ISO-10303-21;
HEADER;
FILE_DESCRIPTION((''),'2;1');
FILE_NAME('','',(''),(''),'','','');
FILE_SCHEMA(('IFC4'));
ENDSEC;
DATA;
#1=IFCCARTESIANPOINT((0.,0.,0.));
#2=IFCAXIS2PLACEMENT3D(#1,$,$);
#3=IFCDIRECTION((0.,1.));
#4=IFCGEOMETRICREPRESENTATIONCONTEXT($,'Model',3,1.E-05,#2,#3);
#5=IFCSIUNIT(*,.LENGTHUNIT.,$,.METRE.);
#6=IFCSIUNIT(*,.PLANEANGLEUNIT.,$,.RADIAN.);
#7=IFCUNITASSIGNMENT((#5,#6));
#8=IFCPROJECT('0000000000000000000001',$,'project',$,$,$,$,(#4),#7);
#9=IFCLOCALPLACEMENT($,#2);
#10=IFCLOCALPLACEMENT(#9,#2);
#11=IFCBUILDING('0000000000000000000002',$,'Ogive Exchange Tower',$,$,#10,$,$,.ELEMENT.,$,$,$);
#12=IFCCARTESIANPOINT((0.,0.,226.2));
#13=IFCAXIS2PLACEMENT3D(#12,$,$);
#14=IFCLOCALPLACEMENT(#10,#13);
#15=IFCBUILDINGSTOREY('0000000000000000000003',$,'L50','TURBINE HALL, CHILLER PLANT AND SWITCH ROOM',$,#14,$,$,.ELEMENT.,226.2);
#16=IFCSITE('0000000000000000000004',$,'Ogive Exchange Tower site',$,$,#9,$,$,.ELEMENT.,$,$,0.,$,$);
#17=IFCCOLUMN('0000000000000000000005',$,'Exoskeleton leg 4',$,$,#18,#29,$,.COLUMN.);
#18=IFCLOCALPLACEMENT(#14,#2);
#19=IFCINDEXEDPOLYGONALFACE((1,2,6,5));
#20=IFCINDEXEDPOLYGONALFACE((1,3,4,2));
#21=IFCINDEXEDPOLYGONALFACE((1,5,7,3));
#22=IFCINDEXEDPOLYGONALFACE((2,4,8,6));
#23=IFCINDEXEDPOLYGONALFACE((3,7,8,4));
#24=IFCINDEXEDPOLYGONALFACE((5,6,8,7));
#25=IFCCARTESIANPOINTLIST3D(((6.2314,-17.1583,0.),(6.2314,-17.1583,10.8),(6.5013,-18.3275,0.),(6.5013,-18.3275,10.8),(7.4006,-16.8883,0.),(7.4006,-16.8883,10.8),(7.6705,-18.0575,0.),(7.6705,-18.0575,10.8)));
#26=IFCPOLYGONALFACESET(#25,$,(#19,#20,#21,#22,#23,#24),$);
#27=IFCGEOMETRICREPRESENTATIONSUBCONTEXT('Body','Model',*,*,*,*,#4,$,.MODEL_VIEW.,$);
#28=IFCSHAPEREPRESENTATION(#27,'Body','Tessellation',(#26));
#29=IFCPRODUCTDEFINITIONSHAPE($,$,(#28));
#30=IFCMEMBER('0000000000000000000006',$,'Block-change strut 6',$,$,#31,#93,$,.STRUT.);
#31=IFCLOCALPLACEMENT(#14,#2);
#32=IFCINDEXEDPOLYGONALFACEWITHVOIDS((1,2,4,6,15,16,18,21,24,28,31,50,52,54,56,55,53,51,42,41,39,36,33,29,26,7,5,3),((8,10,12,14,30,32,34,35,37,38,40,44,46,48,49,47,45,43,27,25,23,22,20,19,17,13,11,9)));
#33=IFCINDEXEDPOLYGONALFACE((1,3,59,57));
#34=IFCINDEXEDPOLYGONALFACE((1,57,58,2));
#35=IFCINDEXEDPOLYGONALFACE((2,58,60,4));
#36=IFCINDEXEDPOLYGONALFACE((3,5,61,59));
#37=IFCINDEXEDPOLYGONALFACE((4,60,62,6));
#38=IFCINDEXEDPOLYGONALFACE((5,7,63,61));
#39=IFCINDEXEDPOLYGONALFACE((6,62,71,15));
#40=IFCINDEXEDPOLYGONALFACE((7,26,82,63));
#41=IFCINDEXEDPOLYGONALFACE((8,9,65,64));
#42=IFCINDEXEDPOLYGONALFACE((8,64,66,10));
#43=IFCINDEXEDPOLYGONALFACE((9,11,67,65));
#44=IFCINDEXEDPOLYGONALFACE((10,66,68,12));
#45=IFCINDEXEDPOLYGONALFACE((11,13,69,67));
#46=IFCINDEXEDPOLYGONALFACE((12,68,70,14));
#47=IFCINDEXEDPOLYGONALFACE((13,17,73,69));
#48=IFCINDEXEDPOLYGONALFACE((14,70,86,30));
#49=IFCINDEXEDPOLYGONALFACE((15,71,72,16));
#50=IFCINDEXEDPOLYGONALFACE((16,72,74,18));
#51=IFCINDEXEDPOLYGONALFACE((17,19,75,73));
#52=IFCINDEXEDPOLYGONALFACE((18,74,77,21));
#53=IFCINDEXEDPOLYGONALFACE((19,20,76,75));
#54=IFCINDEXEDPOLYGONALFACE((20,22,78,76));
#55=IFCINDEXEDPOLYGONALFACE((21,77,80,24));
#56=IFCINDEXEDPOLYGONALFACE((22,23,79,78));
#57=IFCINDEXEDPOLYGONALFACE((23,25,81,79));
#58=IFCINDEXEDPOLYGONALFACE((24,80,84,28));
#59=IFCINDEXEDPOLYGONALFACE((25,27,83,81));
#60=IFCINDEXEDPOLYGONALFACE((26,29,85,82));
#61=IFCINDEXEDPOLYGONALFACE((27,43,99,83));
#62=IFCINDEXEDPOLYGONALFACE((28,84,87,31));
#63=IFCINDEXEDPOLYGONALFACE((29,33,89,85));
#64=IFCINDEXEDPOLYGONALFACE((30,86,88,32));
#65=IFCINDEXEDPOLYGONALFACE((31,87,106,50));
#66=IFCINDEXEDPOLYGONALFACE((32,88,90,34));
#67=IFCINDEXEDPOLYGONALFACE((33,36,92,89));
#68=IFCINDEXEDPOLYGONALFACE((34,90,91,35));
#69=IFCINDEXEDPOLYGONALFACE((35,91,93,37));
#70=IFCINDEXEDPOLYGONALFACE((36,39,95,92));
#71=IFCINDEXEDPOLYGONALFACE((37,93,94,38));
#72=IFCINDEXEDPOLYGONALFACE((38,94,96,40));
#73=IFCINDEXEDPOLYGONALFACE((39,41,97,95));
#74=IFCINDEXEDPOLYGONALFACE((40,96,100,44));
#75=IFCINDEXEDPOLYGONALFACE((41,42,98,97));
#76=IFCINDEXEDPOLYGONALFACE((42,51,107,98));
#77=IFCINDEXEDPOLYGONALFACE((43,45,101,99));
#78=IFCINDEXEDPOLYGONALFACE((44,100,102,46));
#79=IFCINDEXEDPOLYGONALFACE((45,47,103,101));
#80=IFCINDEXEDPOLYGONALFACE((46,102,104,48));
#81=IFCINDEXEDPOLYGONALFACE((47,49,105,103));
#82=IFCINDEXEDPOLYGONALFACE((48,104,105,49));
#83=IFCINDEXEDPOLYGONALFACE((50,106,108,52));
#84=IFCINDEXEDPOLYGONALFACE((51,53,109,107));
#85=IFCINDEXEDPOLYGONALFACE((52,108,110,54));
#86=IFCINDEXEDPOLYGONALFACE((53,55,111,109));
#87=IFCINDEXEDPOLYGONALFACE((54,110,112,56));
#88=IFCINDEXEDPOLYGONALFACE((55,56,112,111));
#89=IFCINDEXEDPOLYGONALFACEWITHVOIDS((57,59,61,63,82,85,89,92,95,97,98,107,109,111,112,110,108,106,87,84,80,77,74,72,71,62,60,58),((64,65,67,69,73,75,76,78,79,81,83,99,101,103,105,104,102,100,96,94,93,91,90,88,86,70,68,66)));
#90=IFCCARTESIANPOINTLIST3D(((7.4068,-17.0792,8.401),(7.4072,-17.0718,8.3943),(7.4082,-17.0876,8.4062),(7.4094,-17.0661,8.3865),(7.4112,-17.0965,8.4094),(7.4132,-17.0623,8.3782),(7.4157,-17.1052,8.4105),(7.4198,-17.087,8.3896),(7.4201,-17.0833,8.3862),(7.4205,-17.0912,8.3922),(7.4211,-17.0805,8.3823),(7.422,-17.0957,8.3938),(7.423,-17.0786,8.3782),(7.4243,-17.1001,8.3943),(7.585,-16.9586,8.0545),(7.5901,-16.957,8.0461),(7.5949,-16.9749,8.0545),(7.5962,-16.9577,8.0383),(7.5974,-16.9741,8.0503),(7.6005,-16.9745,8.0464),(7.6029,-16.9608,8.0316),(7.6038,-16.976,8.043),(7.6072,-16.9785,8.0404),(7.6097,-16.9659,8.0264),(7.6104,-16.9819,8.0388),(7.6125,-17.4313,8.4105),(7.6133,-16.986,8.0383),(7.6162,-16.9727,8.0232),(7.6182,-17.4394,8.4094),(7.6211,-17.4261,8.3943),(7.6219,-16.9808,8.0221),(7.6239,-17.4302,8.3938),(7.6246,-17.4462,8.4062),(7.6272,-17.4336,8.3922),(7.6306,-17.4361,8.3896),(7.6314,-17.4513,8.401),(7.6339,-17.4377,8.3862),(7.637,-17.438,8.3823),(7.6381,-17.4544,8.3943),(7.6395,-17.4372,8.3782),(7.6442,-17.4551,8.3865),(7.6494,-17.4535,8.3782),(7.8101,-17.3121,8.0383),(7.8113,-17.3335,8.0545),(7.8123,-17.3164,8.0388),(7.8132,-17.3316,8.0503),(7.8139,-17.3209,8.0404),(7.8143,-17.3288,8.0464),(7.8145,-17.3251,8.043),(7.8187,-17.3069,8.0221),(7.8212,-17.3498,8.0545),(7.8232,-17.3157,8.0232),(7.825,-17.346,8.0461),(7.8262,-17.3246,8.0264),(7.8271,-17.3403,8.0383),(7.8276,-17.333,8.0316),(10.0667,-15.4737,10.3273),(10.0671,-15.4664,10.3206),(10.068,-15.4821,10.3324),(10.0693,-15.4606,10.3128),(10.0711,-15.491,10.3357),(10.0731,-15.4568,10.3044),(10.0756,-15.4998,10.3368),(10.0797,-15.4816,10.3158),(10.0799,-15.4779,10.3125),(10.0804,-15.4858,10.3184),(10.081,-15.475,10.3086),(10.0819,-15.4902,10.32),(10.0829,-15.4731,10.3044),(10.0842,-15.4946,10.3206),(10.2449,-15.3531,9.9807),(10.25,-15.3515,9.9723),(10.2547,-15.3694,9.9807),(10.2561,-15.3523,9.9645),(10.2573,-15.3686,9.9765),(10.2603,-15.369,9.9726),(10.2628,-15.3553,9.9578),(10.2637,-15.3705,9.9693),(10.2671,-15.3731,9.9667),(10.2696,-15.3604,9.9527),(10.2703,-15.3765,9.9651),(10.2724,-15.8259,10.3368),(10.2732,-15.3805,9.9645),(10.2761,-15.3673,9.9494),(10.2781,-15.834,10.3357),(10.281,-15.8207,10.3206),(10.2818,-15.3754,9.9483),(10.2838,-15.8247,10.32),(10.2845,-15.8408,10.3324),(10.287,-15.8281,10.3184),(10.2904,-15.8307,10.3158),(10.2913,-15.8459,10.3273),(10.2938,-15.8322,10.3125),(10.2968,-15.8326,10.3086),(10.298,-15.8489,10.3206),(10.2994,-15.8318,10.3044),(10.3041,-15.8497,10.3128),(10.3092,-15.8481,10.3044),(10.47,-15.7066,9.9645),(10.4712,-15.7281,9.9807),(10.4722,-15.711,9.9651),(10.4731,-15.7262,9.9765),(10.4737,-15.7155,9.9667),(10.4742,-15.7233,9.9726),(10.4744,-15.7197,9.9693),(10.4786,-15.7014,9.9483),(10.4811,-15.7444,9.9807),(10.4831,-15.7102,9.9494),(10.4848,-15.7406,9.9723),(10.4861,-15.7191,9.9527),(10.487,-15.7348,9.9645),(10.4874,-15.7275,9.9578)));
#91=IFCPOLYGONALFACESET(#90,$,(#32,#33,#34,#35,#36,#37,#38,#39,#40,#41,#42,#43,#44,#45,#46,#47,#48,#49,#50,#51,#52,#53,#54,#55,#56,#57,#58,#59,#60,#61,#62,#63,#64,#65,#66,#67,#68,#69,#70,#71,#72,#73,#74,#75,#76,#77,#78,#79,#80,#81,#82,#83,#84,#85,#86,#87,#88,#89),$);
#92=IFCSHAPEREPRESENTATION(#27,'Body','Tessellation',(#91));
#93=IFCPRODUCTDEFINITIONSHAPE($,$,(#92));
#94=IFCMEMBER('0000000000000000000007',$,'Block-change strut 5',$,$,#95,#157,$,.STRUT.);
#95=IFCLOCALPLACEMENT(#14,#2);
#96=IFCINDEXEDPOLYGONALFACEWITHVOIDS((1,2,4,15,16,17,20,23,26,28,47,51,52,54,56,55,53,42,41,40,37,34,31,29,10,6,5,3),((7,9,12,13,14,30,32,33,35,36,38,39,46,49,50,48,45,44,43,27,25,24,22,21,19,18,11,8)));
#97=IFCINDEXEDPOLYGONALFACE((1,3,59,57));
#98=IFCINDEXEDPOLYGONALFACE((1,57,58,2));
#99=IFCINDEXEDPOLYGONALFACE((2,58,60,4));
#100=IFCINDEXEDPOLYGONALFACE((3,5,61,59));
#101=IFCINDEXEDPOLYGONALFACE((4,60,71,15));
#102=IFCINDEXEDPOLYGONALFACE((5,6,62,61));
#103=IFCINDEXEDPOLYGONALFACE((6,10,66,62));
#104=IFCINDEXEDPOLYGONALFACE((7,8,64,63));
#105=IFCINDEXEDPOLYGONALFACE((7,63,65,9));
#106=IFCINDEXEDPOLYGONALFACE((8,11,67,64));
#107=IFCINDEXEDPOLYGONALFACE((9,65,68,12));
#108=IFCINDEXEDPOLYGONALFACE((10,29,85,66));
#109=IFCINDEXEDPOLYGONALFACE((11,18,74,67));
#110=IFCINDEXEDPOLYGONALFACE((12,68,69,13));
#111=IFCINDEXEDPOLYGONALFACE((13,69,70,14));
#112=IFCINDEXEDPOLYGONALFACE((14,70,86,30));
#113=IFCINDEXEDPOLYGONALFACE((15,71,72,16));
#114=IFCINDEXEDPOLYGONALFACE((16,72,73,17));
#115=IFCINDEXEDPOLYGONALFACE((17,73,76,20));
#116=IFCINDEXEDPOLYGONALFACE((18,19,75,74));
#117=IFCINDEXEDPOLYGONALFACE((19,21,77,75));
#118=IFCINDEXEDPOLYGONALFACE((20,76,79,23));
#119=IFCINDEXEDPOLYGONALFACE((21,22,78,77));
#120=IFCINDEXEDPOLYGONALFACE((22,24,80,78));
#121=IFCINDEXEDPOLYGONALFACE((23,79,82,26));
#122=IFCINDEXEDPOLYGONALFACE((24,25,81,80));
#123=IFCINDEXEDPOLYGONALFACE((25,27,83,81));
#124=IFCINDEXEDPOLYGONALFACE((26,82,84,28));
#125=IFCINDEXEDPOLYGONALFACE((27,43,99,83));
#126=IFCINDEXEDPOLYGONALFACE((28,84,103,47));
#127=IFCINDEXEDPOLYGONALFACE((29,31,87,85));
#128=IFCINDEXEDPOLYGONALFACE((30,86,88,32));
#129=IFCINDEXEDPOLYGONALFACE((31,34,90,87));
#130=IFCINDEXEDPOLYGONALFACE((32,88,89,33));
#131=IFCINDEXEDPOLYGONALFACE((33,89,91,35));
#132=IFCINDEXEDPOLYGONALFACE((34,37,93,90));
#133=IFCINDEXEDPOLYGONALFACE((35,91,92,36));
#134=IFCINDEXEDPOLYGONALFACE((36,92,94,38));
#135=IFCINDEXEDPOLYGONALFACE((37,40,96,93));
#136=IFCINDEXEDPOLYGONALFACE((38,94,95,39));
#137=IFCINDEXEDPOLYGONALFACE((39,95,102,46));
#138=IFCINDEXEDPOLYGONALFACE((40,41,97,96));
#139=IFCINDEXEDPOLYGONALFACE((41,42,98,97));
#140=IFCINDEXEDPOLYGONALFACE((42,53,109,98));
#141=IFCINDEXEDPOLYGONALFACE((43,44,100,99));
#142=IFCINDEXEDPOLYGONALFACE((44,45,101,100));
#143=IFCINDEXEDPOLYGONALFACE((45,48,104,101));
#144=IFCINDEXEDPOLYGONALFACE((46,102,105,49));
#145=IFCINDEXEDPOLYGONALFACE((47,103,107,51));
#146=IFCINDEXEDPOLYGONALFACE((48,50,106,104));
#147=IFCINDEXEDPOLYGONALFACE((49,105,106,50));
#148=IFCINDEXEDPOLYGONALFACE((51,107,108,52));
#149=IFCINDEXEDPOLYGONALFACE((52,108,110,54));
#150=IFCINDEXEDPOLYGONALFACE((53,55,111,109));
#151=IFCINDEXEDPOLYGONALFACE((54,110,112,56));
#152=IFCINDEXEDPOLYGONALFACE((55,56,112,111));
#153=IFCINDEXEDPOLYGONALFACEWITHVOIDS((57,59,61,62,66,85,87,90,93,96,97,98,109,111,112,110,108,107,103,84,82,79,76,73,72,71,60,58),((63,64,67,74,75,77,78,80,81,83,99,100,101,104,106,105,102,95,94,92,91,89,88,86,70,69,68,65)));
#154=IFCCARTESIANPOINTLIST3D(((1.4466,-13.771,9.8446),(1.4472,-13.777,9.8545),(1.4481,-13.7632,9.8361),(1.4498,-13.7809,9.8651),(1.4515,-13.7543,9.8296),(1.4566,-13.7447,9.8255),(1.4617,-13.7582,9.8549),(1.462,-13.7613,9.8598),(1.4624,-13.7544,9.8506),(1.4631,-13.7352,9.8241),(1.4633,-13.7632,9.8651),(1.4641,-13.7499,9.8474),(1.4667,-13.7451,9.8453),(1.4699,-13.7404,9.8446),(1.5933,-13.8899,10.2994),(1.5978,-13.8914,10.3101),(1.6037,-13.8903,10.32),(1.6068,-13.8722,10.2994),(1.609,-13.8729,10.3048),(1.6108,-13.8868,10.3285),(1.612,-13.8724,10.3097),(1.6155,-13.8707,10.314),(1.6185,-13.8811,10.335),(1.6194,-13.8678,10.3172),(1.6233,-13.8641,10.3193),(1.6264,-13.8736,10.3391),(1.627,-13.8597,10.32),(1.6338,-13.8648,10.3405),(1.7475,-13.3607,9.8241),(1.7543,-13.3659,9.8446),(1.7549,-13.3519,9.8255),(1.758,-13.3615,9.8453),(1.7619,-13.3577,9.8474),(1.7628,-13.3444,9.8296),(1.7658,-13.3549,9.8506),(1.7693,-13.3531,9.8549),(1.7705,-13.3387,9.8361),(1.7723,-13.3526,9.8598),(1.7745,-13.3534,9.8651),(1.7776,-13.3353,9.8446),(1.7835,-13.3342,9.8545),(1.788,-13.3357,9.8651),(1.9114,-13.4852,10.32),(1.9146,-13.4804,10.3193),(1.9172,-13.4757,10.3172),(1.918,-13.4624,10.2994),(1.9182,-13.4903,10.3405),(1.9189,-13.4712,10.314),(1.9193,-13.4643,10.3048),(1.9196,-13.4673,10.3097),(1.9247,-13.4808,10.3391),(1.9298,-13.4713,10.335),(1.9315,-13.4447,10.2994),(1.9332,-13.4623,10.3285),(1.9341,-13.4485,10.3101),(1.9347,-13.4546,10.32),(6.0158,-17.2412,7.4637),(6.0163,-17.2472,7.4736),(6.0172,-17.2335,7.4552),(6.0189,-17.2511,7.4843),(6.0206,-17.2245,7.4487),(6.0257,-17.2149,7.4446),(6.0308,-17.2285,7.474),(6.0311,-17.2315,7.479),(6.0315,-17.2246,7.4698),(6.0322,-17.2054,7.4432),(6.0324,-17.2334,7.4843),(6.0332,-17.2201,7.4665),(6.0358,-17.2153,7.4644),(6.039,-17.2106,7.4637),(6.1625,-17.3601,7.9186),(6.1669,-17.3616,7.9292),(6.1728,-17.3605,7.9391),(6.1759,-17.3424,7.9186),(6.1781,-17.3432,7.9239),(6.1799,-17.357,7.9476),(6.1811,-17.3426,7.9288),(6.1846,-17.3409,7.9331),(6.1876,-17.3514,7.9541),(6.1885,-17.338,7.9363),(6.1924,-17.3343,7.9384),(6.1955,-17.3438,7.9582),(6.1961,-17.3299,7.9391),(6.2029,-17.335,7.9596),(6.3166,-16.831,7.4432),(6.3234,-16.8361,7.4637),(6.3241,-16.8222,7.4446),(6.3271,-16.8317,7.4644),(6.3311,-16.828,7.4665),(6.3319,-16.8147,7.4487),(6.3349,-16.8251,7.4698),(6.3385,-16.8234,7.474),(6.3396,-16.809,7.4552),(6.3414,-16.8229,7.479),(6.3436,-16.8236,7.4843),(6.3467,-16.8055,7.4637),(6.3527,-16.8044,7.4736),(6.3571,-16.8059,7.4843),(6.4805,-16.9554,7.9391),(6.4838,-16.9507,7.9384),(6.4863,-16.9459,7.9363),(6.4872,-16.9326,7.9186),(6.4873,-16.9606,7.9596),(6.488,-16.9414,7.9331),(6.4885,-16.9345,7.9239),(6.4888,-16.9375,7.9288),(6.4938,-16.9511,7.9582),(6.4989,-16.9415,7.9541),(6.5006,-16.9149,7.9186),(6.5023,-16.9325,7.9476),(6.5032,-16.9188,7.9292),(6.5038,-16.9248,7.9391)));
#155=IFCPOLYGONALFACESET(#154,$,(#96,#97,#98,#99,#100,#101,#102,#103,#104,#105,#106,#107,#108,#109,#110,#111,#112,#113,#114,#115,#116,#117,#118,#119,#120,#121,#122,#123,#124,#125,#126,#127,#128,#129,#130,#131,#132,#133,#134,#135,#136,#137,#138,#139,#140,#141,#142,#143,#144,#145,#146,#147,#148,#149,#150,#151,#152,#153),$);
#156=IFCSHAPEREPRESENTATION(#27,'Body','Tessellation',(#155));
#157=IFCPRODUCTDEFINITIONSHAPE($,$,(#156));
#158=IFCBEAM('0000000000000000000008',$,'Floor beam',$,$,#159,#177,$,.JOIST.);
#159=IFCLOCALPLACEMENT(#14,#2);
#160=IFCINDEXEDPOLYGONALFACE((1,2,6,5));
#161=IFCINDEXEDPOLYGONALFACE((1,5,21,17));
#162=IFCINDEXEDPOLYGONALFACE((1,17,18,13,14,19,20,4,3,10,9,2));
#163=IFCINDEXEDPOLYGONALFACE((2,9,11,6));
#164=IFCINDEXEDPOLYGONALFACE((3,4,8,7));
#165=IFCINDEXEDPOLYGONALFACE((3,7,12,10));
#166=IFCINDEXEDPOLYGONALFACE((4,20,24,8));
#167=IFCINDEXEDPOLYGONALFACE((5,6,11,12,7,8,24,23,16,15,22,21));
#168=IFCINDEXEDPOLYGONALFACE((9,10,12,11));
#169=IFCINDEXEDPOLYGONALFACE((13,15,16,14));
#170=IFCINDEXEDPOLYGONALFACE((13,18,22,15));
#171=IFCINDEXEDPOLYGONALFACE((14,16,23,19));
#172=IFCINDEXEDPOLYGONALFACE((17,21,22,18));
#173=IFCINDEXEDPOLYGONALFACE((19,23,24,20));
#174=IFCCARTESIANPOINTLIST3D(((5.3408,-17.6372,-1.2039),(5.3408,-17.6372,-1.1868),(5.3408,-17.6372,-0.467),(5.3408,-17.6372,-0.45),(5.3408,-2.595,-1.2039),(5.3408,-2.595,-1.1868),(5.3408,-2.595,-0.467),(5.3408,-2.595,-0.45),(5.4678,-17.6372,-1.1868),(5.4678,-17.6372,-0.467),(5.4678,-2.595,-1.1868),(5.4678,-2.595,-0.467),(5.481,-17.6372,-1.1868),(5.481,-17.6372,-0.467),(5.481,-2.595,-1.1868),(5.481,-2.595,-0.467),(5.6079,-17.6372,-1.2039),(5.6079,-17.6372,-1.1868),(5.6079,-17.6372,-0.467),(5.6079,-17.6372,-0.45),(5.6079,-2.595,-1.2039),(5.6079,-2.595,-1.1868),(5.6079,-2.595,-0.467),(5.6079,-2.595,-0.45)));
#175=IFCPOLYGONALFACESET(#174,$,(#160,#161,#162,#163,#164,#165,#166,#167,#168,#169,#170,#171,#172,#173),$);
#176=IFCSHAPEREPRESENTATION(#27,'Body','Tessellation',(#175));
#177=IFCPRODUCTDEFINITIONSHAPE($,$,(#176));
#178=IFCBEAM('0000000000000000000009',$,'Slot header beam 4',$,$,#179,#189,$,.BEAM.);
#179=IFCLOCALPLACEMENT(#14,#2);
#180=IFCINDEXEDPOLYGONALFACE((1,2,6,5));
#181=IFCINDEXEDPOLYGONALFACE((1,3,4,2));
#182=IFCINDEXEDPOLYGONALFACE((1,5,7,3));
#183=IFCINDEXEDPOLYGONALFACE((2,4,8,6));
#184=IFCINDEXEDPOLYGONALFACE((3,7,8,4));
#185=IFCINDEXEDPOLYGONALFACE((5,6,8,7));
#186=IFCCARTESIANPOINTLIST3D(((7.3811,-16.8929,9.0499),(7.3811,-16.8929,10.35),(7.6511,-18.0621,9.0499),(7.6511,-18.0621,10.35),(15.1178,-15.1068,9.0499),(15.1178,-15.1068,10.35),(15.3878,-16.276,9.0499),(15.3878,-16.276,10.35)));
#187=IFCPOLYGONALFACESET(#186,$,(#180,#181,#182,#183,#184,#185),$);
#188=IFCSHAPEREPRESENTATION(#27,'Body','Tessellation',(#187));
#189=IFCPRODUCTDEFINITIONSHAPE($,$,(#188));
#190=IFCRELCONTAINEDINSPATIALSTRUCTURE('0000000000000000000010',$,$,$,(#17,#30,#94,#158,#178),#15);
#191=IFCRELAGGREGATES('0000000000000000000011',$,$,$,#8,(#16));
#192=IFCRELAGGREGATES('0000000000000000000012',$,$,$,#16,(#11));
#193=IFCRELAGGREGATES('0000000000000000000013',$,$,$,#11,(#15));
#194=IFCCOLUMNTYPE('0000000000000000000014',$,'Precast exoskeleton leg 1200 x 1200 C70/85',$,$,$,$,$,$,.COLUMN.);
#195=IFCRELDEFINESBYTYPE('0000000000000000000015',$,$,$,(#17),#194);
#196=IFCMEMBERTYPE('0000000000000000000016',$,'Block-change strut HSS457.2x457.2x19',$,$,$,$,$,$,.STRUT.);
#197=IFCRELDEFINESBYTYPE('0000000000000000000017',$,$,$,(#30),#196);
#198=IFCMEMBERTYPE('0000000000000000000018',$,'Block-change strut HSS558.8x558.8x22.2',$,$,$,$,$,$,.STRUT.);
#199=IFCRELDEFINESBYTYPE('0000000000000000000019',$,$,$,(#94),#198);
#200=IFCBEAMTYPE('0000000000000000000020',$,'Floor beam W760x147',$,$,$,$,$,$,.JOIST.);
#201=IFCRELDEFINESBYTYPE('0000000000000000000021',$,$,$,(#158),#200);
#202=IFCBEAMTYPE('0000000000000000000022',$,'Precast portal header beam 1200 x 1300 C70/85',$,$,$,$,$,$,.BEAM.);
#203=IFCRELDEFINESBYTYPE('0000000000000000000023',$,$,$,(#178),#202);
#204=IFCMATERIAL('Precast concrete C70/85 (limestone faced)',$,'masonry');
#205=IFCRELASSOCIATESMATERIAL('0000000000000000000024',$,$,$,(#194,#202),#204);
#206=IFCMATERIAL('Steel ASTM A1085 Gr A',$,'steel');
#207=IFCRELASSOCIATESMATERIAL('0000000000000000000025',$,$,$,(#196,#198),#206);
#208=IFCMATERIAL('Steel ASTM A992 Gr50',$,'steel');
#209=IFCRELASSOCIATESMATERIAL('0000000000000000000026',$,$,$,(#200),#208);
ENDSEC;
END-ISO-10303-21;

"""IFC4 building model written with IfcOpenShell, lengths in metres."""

from ifc_helpers import new_model, si_unit, direction, frame, origin, origin_2d, place, context, subcontext, project, spatial, rectangle, hollow_rectangle, i_section, extrude, material, material_profile, profile_set, type_object, element, save


model = new_model("IFC4")

# Units and contexts
model_context = context("Model", 3, precision=1e-05, world=origin(), true_north=direction((0.0, 1.0)))
body_context = subcontext(model_context, "Body", "Model", "MODEL_VIEW")
ifc_project = project(units=[si_unit("LENGTHUNIT", "METRE"), si_unit("PLANEANGLEUNIT", "RADIAN")], contexts=[model_context])

# Site, building, storey
site_placement = place(None, origin())
site = spatial("IfcSite", under=ifc_project, at=site_placement, Name="Ogive Exchange Tower site", CompositionType="ELEMENT", RefElevation=0.0)
building_placement = place(site_placement, origin())
building = spatial("IfcBuilding", under=site, at=building_placement, Name="Ogive Exchange Tower", CompositionType="ELEMENT")
storey_placement = place(building_placement, frame((0.0, 0.0, 226.2)))
storey = spatial("IfcBuildingStorey", under=building, at=storey_placement, Name="L50", Description="TURBINE HALL, CHILLER PLANT AND SWITCH ROOM", CompositionType="ELEMENT", Elevation=226.2)

# Column
ifc_material_1 = material(Name="Precast concrete C70/85 (limestone faced)", Category="masonry")
ifc_material_profile_1 = material_profile(ifc_material_1, rectangle(XDim=1.2, YDim=1.2, at=origin_2d()), Name="1200 x 1200")
ifc_profile_set_1 = profile_set([ifc_material_profile_1], Name="Precast concrete C70/85 (limestone faced)")
column_type = type_object("IfcColumnType", Name="Precast exoskeleton leg 1200 x 1200 C70/85", PredefinedType="COLUMN", material=ifc_profile_set_1)
column_placement = place(storey_placement, frame((6.9509, -17.6079, 0.0), z_axis=(0.0, 0.0, 1.0), x_axis=(0.97437, 0.224951, 0.0)))
element("IfcColumn", 1, at=column_placement, inside=storey, type_object=column_type, Name="Exoskeleton leg 4", PredefinedType="COLUMN", context=body_context, shape_type="SweptSolid", body=[
    extrude(rectangle(XDim=1.2, YDim=1.2, at=origin_2d()), origin(), (0.0, 0.0, 1.0), 10.8),
])

# Members
ifc_material_2 = material(Name="Steel ASTM A1085 Gr A", Category="steel")
ifc_material_profile_2 = material_profile(ifc_material_2, hollow_rectangle(XDim=0.457, YDim=0.457, WallThickness=0.019, InnerFilletRadius=0.019, OuterFilletRadius=0.0381, at=origin_2d()), Name="HSS457.2x457.2x19")
ifc_profile_set_2 = profile_set([ifc_material_profile_2], Name="Steel ASTM A1085 Gr A")
member_type_1 = type_object("IfcMemberType", Name="Block-change strut HSS457.2x457.2x19", PredefinedType="STRUT", material=ifc_profile_set_2)
member_1_placement = place(storey_placement, frame((7.6172, -17.2061, 8.2163), z_axis=(0.727633, 0.439184, 0.526941), x_axis=(-0.516747, 0.856138, 0.0)))
element("IfcMember", 2, at=member_1_placement, inside=storey, type_object=member_type_1, Name="Block-change strut 6", PredefinedType="STRUT", context=body_context, shape_type="SweptSolid", body=[
    extrude(hollow_rectangle(XDim=0.457, YDim=0.457, WallThickness=0.019, InnerFilletRadius=0.019, OuterFilletRadius=0.0381, at=origin_2d()), origin(), (0.0, 0.0, 1.0), 3.6555),
])
ifc_material_profile_3 = material_profile(ifc_material_2, hollow_rectangle(XDim=0.5591, YDim=0.5591, WallThickness=0.0222, InnerFilletRadius=0.0222, OuterFilletRadius=0.0444, at=origin_2d()), Name="HSS558.8x558.8x22.2")
ifc_profile_set_3 = profile_set([ifc_material_profile_3], Name="Steel ASTM A1085 Gr A")
member_type_2 = type_object("IfcMemberType", Name="Block-change strut HSS558.8x558.8x22.2", PredefinedType="STRUT", material=ifc_profile_set_3)
member_2_placement = place(storey_placement, frame((6.2598, -17.083, 7.7014), z_axis=(-0.735541, 0.558641, 0.383275), x_axis=(-0.60483, -0.796355, 0.0)))
element("IfcMember", 3, at=member_2_placement, inside=storey, type_object=member_type_2, Name="Block-change strut 5", PredefinedType="STRUT", context=body_context, shape_type="SweptSolid", body=[
    extrude(hollow_rectangle(XDim=0.5591, YDim=0.5591, WallThickness=0.0222, InnerFilletRadius=0.0222, OuterFilletRadius=0.0444, at=origin_2d()), origin(), (0.0, 0.0, 1.0), 6.2119),
])

# Beams
ifc_material_3 = material(Name="Steel ASTM A992 Gr50", Category="steel")
ifc_material_profile_4 = material_profile(ifc_material_3, i_section(OverallWidth=0.2671, OverallDepth=0.7539, WebThickness=0.0132, FlangeThickness=0.0171, at=origin_2d()), Name="W760x147")
ifc_profile_set_4 = profile_set([ifc_material_profile_4], Name="Steel ASTM A992 Gr50")
beam_type_1 = type_object("IfcBeamType", Name="Floor beam W760x147", PredefinedType="JOIST", material=ifc_profile_set_4)
beam_1_placement = place(storey_placement, frame((5.4744, -17.6372, -0.8269), z_axis=(0.0, 1.0, 0.0), x_axis=(-1.0, 0.0, 0.0)))
element("IfcBeam", 4, at=beam_1_placement, inside=storey, type_object=beam_type_1, Name="Floor beam", PredefinedType="JOIST", context=body_context, shape_type="SweptSolid", body=[
    extrude(i_section(OverallWidth=0.2671, OverallDepth=0.7539, WebThickness=0.0132, FlangeThickness=0.0171, at=origin_2d()), origin(), (0.0, 0.0, 1.0), 15.0422),
])
ifc_material_profile_5 = material_profile(ifc_material_1, rectangle(XDim=1.2, YDim=1.3, at=origin_2d()), Name="1200 x 1300")
ifc_profile_set_5 = profile_set([ifc_material_profile_5], Name="Precast concrete C70/85 (limestone faced)")
beam_type_2 = type_object("IfcBeamType", Name="Precast portal header beam 1200 x 1300 C70/85", PredefinedType="BEAM", material=ifc_profile_set_5)
beam_2_placement = place(storey_placement, frame((7.5161, -17.4775, 9.7), z_axis=(0.97437, 0.224952, 0.0), x_axis=(-0.224952, 0.97437, 0.0)))
element("IfcBeam", 5, at=beam_2_placement, inside=storey, type_object=beam_type_2, Name="Slot header beam 4", PredefinedType="BEAM", context=body_context, shape_type="SweptSolid", body=[
    extrude(rectangle(XDim=1.2, YDim=1.3, at=origin_2d()), origin(), (0.0, 0.0, 1.0), 7.9402),
])

save(model, "model.ifc")
